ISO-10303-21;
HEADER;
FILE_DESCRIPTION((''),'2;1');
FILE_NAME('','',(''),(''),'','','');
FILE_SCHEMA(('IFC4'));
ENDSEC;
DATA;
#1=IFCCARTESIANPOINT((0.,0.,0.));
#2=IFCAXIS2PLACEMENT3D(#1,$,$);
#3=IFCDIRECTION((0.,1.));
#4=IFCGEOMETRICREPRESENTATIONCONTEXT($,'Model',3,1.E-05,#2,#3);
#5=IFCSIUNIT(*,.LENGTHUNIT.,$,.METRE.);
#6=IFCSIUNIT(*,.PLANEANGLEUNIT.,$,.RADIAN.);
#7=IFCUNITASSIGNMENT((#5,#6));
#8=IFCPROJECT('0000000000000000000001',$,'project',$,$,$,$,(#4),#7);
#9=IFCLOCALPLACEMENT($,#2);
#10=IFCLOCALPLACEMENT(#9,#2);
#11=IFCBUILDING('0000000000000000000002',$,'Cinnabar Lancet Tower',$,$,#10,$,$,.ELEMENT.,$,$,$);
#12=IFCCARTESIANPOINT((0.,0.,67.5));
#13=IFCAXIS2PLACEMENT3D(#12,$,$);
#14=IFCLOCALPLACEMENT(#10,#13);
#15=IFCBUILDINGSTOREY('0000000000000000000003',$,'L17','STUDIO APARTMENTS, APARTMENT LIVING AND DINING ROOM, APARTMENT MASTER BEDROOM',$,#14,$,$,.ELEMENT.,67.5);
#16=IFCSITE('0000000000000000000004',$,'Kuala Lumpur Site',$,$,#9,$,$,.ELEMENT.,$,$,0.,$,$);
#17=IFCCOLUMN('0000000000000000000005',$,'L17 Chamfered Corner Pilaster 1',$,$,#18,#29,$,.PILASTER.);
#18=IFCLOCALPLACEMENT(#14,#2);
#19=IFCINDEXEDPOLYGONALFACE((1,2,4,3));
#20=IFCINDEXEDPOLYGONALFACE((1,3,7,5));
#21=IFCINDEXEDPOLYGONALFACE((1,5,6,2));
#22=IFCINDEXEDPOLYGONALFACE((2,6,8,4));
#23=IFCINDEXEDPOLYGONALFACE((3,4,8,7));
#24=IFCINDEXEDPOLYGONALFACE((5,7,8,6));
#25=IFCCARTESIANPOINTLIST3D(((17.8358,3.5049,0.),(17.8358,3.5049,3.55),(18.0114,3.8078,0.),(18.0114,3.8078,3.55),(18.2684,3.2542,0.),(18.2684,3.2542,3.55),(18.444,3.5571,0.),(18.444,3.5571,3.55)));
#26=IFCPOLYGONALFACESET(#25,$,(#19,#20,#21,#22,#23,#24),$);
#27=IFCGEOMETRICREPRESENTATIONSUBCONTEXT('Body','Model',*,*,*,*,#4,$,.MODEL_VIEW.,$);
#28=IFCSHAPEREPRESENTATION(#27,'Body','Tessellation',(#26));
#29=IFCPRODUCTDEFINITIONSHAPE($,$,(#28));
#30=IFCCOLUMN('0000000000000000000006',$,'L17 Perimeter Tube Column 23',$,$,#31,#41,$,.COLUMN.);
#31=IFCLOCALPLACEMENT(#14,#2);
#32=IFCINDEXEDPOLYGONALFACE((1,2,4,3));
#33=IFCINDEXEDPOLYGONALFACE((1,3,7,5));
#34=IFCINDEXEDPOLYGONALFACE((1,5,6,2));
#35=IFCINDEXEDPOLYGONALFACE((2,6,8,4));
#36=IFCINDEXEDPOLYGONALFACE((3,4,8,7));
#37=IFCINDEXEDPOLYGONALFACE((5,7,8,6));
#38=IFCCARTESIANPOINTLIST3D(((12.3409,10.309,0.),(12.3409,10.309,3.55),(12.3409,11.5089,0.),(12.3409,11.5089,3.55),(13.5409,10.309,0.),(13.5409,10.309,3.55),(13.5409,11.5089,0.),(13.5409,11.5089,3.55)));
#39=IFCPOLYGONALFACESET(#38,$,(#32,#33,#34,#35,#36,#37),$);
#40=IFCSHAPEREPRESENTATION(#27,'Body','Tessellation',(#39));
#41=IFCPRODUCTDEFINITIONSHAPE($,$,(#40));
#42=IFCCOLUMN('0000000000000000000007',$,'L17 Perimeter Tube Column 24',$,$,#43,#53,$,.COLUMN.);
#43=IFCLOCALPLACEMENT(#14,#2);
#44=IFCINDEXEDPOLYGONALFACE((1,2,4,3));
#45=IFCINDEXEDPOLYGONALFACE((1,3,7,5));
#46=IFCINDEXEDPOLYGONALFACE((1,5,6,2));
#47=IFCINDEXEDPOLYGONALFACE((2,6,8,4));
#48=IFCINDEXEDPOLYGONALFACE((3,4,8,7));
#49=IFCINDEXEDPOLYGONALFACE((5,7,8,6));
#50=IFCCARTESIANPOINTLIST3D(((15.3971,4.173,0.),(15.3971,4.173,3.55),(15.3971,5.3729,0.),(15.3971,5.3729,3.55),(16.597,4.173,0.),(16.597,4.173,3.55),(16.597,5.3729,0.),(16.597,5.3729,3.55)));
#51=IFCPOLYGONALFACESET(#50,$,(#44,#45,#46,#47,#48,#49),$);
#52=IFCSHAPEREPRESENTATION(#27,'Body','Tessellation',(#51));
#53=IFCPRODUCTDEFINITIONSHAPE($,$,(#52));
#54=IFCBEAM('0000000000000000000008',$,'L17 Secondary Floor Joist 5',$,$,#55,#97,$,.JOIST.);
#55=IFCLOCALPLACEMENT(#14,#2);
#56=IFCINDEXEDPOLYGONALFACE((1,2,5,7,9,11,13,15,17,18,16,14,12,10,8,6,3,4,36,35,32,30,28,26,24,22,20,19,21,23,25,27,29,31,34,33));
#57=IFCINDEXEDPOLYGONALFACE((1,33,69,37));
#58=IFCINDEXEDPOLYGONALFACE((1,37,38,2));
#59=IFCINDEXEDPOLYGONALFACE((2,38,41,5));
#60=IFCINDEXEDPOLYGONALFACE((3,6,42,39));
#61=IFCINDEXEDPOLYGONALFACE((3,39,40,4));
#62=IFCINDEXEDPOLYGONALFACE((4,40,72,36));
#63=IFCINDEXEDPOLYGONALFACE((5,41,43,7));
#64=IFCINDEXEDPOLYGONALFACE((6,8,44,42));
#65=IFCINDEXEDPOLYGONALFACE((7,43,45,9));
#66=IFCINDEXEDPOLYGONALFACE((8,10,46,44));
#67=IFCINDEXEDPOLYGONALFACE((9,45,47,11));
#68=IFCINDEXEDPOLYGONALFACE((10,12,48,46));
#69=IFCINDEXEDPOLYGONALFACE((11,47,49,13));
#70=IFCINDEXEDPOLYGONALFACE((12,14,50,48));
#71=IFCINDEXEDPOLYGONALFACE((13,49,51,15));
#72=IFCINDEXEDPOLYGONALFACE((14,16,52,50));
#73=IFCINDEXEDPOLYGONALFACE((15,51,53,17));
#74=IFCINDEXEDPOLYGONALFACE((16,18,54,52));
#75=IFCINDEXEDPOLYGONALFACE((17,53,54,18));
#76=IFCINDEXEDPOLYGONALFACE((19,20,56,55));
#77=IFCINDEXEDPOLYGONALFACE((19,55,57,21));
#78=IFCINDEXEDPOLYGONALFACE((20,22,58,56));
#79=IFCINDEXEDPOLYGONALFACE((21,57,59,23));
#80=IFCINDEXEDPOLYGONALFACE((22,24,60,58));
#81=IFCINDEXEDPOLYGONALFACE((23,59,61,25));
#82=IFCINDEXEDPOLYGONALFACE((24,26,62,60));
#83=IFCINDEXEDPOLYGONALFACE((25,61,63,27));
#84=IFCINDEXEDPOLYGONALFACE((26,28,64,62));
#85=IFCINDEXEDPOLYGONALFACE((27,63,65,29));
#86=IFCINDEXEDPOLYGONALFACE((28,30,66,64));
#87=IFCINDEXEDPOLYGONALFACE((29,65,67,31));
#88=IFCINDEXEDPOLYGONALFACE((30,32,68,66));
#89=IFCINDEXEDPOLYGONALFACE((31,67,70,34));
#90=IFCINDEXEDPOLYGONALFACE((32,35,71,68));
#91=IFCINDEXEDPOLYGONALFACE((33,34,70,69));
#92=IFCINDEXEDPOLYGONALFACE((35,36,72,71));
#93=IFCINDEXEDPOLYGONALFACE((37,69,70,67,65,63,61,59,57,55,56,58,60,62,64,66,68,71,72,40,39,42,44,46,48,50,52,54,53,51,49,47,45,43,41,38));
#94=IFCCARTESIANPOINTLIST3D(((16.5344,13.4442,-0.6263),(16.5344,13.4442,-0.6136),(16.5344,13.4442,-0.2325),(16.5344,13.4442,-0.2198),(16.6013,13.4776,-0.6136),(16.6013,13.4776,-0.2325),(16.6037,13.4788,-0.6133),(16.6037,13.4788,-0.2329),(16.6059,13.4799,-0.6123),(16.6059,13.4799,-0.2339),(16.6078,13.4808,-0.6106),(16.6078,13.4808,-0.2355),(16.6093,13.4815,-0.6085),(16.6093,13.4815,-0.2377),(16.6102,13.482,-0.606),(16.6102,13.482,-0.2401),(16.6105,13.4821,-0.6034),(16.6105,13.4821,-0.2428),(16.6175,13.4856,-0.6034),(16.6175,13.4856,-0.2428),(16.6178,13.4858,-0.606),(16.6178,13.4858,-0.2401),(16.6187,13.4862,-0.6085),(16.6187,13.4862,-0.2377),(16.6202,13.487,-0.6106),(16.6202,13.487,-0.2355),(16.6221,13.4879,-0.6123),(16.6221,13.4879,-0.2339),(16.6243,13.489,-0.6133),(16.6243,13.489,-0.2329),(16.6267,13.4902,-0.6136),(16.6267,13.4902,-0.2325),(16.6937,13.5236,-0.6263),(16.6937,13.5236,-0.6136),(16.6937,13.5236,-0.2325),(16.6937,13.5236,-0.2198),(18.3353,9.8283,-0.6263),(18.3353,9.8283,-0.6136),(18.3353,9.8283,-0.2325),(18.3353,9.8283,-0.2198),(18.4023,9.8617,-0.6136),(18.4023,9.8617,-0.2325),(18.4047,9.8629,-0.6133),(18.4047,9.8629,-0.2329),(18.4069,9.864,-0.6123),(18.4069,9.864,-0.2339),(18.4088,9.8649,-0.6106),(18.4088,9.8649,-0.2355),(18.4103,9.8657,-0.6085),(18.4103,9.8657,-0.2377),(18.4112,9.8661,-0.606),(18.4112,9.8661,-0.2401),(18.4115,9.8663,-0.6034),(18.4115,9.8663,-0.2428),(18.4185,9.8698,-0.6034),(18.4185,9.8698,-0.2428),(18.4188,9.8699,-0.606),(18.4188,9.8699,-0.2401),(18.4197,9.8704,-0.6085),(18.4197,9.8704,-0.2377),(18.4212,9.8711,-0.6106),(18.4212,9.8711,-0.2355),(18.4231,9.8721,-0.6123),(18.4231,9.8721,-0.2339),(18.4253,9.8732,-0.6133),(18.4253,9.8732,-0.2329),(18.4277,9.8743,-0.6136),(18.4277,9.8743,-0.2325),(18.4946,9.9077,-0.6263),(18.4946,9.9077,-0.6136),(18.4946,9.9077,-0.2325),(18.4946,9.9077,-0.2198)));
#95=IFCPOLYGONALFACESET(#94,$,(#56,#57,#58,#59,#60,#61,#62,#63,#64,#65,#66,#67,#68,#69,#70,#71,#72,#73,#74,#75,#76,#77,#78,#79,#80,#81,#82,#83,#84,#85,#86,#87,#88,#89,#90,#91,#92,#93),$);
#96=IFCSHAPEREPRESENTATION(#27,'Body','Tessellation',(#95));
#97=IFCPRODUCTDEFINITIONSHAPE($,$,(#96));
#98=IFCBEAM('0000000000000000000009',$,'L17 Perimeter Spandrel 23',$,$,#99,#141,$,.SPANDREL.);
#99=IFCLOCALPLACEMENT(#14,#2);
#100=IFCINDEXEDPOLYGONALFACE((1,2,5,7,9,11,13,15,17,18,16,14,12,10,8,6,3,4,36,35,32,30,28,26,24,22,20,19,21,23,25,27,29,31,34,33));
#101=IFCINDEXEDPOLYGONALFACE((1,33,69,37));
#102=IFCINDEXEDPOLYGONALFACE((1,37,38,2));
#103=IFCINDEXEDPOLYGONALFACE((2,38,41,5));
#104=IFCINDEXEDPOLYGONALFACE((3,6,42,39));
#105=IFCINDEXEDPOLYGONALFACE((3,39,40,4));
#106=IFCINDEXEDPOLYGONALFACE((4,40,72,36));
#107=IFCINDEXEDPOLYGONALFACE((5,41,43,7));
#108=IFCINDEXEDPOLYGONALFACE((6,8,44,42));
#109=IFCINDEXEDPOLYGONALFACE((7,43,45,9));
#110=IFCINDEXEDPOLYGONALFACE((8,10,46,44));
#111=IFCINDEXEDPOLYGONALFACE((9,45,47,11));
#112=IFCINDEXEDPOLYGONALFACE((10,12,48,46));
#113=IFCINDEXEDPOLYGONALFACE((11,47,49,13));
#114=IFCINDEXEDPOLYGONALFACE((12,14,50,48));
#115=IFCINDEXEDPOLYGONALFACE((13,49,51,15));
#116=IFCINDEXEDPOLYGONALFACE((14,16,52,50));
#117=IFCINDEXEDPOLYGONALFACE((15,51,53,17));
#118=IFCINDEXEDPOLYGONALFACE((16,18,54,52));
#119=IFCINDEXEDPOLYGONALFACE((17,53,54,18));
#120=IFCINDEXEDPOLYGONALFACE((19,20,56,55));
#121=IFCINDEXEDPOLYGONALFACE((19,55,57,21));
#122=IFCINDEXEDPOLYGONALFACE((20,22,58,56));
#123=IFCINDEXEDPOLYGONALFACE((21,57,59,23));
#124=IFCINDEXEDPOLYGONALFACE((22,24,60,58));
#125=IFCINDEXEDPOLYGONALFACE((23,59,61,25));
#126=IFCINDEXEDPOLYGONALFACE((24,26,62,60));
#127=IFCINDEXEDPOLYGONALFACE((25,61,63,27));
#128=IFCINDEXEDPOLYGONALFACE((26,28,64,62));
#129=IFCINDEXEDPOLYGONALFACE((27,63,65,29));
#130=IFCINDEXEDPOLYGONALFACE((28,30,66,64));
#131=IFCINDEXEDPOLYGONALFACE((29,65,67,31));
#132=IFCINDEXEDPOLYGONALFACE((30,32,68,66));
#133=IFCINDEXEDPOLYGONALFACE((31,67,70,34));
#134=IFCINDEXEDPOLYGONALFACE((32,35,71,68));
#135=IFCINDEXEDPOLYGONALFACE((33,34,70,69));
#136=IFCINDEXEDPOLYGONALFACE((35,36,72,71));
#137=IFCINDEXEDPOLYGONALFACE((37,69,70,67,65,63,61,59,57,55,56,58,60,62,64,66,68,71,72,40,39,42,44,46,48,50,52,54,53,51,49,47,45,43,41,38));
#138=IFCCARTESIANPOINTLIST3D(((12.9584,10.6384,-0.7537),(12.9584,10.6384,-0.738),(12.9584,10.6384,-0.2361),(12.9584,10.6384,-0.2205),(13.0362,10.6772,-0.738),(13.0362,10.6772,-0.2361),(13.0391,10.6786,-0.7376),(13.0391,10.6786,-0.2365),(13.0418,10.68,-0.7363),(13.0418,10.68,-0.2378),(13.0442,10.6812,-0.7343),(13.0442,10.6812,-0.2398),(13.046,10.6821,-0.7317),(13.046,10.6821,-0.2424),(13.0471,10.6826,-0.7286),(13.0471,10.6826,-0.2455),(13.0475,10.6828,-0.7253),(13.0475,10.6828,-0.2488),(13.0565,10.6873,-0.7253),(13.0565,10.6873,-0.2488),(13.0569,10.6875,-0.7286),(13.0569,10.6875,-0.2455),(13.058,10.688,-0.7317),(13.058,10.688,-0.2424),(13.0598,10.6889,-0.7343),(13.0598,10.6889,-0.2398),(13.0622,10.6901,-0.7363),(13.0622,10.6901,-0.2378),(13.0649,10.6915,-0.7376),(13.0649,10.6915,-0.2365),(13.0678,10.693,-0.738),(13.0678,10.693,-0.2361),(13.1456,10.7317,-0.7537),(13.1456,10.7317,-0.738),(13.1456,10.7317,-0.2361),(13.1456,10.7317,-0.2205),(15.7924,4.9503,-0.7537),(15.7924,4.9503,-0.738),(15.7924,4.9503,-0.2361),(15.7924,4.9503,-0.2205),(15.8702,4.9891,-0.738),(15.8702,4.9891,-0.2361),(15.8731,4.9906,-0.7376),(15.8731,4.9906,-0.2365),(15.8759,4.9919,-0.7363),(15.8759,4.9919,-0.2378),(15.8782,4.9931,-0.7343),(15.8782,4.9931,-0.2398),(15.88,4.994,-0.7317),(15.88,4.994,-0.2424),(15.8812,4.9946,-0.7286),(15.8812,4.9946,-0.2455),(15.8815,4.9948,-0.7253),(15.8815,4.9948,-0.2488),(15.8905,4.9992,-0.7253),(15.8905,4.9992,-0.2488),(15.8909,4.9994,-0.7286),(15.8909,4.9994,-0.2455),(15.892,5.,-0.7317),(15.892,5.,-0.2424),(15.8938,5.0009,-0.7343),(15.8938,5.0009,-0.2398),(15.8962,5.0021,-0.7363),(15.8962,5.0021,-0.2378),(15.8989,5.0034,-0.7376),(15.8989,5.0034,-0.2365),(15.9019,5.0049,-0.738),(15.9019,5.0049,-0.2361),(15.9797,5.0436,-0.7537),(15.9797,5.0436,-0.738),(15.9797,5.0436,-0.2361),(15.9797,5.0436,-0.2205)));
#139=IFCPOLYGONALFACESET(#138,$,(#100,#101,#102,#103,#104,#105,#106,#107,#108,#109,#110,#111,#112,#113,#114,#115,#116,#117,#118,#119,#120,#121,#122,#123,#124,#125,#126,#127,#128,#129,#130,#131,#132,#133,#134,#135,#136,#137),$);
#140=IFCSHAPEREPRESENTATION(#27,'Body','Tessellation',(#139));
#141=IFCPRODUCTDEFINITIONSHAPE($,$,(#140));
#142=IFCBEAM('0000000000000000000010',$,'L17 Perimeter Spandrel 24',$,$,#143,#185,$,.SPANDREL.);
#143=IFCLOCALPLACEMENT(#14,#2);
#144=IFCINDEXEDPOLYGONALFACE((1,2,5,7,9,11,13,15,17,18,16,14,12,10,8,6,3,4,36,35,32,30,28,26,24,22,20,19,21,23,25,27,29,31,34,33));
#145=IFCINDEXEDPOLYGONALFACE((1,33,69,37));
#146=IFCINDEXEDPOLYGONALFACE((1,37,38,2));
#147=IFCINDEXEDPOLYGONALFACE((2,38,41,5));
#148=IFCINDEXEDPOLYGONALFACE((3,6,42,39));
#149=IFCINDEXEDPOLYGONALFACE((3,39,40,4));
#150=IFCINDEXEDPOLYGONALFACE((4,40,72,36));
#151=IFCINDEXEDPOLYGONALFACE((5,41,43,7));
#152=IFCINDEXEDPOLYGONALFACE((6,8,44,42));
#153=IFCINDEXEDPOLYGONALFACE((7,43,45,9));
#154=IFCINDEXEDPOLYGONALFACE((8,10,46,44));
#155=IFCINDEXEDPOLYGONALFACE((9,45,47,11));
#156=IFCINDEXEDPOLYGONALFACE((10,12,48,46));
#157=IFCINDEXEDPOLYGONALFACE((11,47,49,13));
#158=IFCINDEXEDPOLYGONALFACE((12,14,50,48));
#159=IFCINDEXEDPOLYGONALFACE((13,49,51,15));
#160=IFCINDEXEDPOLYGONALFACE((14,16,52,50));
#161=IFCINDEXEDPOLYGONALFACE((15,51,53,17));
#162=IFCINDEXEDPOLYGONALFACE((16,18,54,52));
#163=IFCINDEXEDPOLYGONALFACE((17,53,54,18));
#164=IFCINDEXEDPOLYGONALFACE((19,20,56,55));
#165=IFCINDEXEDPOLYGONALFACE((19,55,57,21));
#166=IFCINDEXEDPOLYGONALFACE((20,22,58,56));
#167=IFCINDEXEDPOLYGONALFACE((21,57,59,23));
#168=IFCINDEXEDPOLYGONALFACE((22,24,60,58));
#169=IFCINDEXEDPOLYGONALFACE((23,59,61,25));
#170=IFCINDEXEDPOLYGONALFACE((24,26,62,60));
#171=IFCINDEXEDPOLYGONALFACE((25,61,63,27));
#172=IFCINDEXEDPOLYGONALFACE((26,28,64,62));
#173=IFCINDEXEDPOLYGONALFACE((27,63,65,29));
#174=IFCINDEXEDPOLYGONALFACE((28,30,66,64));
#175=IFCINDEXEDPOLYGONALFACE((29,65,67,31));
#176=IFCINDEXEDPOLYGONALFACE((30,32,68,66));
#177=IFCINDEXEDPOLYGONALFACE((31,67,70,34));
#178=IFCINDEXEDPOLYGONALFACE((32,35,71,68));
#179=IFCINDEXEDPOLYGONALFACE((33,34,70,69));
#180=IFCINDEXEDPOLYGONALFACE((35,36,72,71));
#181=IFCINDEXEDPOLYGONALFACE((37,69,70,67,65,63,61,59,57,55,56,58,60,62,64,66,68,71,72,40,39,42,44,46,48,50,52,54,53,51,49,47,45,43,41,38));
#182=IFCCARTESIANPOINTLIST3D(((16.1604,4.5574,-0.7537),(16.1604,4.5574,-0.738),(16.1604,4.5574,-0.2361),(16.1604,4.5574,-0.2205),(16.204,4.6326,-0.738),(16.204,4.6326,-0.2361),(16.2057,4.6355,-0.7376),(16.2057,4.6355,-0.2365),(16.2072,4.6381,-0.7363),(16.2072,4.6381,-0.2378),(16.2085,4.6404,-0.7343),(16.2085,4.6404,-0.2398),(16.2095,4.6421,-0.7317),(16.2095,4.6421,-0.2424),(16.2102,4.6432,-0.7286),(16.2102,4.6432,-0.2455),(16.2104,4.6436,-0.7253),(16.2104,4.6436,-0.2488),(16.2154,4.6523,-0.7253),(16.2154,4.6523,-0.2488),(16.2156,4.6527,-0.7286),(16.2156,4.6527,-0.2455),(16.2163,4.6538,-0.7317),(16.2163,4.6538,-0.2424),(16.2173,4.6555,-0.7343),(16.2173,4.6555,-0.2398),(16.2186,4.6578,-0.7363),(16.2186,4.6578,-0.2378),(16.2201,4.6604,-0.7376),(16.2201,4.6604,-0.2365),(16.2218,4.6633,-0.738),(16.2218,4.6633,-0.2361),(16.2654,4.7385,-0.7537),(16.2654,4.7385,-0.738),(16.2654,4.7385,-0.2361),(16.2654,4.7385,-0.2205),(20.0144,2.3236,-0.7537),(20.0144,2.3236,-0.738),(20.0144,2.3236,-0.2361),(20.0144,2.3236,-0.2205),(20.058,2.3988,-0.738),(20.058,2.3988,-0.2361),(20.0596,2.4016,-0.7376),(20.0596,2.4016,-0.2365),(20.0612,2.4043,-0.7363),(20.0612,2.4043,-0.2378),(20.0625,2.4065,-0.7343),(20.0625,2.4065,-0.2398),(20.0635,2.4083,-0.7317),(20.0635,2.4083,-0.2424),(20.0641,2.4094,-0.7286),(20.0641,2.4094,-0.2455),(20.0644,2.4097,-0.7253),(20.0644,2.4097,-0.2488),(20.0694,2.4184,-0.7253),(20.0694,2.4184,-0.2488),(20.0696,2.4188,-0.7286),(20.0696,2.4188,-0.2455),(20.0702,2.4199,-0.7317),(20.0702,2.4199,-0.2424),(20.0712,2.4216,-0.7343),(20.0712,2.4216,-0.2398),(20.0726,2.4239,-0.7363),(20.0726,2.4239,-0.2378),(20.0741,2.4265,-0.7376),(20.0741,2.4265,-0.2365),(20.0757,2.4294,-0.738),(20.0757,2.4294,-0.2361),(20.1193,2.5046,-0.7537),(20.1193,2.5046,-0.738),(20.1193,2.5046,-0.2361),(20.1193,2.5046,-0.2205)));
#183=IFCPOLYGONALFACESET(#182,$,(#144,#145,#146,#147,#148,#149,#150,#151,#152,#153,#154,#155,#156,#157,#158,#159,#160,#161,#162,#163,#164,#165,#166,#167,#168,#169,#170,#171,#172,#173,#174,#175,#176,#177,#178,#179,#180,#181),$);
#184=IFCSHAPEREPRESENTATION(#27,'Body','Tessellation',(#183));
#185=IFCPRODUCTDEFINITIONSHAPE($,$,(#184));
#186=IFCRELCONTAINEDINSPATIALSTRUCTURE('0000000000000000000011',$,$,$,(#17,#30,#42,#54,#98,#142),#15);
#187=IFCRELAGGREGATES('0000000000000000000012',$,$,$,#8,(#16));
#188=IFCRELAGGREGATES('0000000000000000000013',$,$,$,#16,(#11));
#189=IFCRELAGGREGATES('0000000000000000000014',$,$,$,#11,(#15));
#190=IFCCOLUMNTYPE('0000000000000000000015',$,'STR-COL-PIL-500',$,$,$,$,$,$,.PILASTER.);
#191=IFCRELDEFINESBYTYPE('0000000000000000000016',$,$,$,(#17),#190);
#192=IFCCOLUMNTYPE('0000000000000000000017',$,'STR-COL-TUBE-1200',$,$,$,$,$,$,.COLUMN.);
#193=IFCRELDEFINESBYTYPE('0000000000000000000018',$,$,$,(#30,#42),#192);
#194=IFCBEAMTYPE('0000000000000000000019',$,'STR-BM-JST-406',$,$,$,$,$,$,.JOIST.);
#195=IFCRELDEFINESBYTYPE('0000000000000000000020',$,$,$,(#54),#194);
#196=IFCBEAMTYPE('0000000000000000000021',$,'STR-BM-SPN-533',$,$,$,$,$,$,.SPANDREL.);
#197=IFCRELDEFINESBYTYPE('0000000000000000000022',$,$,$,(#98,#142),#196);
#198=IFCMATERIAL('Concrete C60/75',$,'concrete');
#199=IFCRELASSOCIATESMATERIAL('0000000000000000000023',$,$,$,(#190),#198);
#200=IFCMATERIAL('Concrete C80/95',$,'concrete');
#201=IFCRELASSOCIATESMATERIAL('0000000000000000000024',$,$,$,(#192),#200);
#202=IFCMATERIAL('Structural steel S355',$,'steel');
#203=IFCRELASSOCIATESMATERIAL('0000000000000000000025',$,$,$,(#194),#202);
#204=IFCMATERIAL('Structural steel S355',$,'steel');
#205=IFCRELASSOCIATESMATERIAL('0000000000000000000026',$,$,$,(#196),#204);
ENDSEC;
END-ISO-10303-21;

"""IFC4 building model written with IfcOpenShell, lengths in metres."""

from ifc_helpers import new_model, si_unit, direction, frame, origin, origin_2d, place, context, subcontext, project, spatial, rectangle, i_section, extrude, material, material_profile, profile_set, type_object, element, save


model = new_model("IFC4")

# Units and contexts
model_context = context("Model", 3, precision=1e-05, world=origin(), true_north=direction((0.0, 1.0)))
body_context = subcontext(model_context, "Body", "Model", "MODEL_VIEW")
ifc_project = project(units=[si_unit("LENGTHUNIT", "METRE"), si_unit("PLANEANGLEUNIT", "RADIAN")], contexts=[model_context])

# Site, building, storey
site_placement = place(None, origin())
site = spatial("IfcSite", under=ifc_project, at=site_placement, Name="Kuala Lumpur Site", CompositionType="ELEMENT", RefElevation=0.0)
building_placement = place(site_placement, origin())
building = spatial("IfcBuilding", under=site, at=building_placement, Name="Cinnabar Lancet Tower", CompositionType="ELEMENT")
storey_placement = place(building_placement, frame((0.0, 0.0, 67.5)))
storey = spatial("IfcBuildingStorey", under=building, at=storey_placement, Name="L17", Description="STUDIO APARTMENTS, APARTMENT LIVING AND DINING ROOM, APARTMENT MASTER BEDROOM", CompositionType="ELEMENT", Elevation=67.5)

# Columns
ifc_material_1 = material(Name="Concrete C60/75", Category="concrete")
ifc_material_profile_1 = material_profile(ifc_material_1, rectangle(XDim=0.5, YDim=0.3501, at=origin_2d()), Name="RC-PIL 500x350")
ifc_profile_set_1 = profile_set([ifc_material_profile_1], Name="Concrete C60/75")
column_type_1 = type_object("IfcColumnType", Name="STR-COL-PIL-500", PredefinedType="PILASTER", material=ifc_profile_set_1)
column_placement = place(storey_placement, frame((18.1399, 3.531, 0.0), z_axis=(0.0, 0.0, 1.0), x_axis=(0.865195, -0.501435, 0.0)))
element("IfcColumn", 1, at=column_placement, inside=storey, type_object=column_type_1, Name="L17 Chamfered Corner Pilaster 1", PredefinedType="PILASTER", context=body_context, shape_type="SweptSolid", body=[
    extrude(rectangle(XDim=0.5, YDim=0.3501, at=origin_2d()), origin(), (0.0, 0.0, 1.0), 3.55),
])
ifc_material_2 = material(Name="Concrete C80/95", Category="concrete")
ifc_material_profile_2 = material_profile(ifc_material_2, rectangle(XDim=1.2, YDim=1.2, at=origin_2d()), Name="RC-COL 1200x1200")
ifc_profile_set_2 = profile_set([ifc_material_profile_2], Name="Concrete C80/95")
column_type_2 = type_object("IfcColumnType", Name="STR-COL-TUBE-1200", PredefinedType="COLUMN", material=ifc_profile_set_2)
for number, where, z_axis, x_axis, name in (
    (2, (12.9409, 10.9089, 0.0), (0.0, 0.0, 1.0), (1.0, 0.0, 0.0), "L17 Perimeter Tube Column 23"),
    (3, (15.9971, 4.7729, 0.0), (0.0, 0.0, 1.0), (1.0, 0.0, 0.0), "L17 Perimeter Tube Column 24"),
):
    element("IfcColumn", number, at=place(storey_placement, frame(where, z_axis=z_axis, x_axis=x_axis)), inside=storey, type_object=column_type_2, Name=name, PredefinedType="COLUMN", context=body_context, shape_type="SweptSolid", body=[
        extrude(rectangle(XDim=1.2, YDim=1.2, at=origin_2d()), origin(), (0.0, 0.0, 1.0), 3.55),
    ])

# Beams
ifc_material_3 = material(Name="Structural steel S355", Category="steel")
ifc_material_profile_3 = material_profile(ifc_material_3, i_section(OverallWidth=0.178, OverallDepth=0.4065, WebThickness=0.0078, FlangeThickness=0.0127, FilletRadius=0.0103, at=origin_2d()), Name="UKB 406x178x60")
ifc_profile_set_3 = profile_set([ifc_material_profile_3], Name="Structural steel S355")
beam_type_1 = type_object("IfcBeamType", Name="STR-BM-JST-406", PredefinedType="JOIST", material=ifc_profile_set_3)
beam_1_placement = place(storey_placement, frame((16.614, 13.4839, -0.4231), z_axis=(0.445835, -0.895115, 0.0), x_axis=(0.895115, 0.445835, 0.0)))
element("IfcBeam", 4, at=beam_1_placement, inside=storey, type_object=beam_type_1, Name="L17 Secondary Floor Joist 5", PredefinedType="JOIST", context=body_context, shape_type="SweptSolid", body=[
    extrude(i_section(OverallWidth=0.178, OverallDepth=0.4065, WebThickness=0.0078, FlangeThickness=0.0127, FilletRadius=0.0103, at=origin_2d()), origin(), (0.0, 0.0, 1.0), 4.0396),
])
ifc_material_4 = material(Name="Structural steel S355", Category="steel")
ifc_material_profile_4 = material_profile(ifc_material_4, i_section(OverallWidth=0.2092, OverallDepth=0.5332, WebThickness=0.01, FlangeThickness=0.0156, FilletRadius=0.0127, at=origin_2d()), Name="UKB 533x210x92")
ifc_profile_set_4 = profile_set([ifc_material_profile_4], Name="Structural steel S355")
beam_type_2 = type_object("IfcBeamType", Name="STR-BM-SPN-533", PredefinedType="SPANDREL", material=ifc_profile_set_4)
beam_2_placement = place(storey_placement, frame((13.052, 10.6851, -0.4871), z_axis=(0.445953, -0.895056, 0.0), x_axis=(0.895056, 0.445953, 0.0)))
element("IfcBeam", 5, at=beam_2_placement, inside=storey, type_object=beam_type_2, Name="L17 Perimeter Spandrel 23", PredefinedType="SPANDREL", context=body_context, shape_type="SweptSolid", body=[
    extrude(i_section(OverallWidth=0.2092, OverallDepth=0.5332, WebThickness=0.01, FlangeThickness=0.0156, FilletRadius=0.0127, at=origin_2d()), origin(), (0.0, 0.0, 1.0), 6.355),
])
beam_3_placement = place(storey_placement, frame((16.2129, 4.6479, -0.4871), z_axis=(0.865171, -0.501477, 0.0), x_axis=(0.501477, 0.865171, 0.0)))
element("IfcBeam", 6, at=beam_3_placement, inside=storey, type_object=beam_type_2, Name="L17 Perimeter Spandrel 24", PredefinedType="SPANDREL", context=body_context, shape_type="SweptSolid", body=[
    extrude(i_section(OverallWidth=0.2092, OverallDepth=0.5332, WebThickness=0.01, FlangeThickness=0.0156, FilletRadius=0.0127, at=origin_2d()), origin(), (0.0, 0.0, 1.0), 4.4546),
])

save(model, "model.ifc")
